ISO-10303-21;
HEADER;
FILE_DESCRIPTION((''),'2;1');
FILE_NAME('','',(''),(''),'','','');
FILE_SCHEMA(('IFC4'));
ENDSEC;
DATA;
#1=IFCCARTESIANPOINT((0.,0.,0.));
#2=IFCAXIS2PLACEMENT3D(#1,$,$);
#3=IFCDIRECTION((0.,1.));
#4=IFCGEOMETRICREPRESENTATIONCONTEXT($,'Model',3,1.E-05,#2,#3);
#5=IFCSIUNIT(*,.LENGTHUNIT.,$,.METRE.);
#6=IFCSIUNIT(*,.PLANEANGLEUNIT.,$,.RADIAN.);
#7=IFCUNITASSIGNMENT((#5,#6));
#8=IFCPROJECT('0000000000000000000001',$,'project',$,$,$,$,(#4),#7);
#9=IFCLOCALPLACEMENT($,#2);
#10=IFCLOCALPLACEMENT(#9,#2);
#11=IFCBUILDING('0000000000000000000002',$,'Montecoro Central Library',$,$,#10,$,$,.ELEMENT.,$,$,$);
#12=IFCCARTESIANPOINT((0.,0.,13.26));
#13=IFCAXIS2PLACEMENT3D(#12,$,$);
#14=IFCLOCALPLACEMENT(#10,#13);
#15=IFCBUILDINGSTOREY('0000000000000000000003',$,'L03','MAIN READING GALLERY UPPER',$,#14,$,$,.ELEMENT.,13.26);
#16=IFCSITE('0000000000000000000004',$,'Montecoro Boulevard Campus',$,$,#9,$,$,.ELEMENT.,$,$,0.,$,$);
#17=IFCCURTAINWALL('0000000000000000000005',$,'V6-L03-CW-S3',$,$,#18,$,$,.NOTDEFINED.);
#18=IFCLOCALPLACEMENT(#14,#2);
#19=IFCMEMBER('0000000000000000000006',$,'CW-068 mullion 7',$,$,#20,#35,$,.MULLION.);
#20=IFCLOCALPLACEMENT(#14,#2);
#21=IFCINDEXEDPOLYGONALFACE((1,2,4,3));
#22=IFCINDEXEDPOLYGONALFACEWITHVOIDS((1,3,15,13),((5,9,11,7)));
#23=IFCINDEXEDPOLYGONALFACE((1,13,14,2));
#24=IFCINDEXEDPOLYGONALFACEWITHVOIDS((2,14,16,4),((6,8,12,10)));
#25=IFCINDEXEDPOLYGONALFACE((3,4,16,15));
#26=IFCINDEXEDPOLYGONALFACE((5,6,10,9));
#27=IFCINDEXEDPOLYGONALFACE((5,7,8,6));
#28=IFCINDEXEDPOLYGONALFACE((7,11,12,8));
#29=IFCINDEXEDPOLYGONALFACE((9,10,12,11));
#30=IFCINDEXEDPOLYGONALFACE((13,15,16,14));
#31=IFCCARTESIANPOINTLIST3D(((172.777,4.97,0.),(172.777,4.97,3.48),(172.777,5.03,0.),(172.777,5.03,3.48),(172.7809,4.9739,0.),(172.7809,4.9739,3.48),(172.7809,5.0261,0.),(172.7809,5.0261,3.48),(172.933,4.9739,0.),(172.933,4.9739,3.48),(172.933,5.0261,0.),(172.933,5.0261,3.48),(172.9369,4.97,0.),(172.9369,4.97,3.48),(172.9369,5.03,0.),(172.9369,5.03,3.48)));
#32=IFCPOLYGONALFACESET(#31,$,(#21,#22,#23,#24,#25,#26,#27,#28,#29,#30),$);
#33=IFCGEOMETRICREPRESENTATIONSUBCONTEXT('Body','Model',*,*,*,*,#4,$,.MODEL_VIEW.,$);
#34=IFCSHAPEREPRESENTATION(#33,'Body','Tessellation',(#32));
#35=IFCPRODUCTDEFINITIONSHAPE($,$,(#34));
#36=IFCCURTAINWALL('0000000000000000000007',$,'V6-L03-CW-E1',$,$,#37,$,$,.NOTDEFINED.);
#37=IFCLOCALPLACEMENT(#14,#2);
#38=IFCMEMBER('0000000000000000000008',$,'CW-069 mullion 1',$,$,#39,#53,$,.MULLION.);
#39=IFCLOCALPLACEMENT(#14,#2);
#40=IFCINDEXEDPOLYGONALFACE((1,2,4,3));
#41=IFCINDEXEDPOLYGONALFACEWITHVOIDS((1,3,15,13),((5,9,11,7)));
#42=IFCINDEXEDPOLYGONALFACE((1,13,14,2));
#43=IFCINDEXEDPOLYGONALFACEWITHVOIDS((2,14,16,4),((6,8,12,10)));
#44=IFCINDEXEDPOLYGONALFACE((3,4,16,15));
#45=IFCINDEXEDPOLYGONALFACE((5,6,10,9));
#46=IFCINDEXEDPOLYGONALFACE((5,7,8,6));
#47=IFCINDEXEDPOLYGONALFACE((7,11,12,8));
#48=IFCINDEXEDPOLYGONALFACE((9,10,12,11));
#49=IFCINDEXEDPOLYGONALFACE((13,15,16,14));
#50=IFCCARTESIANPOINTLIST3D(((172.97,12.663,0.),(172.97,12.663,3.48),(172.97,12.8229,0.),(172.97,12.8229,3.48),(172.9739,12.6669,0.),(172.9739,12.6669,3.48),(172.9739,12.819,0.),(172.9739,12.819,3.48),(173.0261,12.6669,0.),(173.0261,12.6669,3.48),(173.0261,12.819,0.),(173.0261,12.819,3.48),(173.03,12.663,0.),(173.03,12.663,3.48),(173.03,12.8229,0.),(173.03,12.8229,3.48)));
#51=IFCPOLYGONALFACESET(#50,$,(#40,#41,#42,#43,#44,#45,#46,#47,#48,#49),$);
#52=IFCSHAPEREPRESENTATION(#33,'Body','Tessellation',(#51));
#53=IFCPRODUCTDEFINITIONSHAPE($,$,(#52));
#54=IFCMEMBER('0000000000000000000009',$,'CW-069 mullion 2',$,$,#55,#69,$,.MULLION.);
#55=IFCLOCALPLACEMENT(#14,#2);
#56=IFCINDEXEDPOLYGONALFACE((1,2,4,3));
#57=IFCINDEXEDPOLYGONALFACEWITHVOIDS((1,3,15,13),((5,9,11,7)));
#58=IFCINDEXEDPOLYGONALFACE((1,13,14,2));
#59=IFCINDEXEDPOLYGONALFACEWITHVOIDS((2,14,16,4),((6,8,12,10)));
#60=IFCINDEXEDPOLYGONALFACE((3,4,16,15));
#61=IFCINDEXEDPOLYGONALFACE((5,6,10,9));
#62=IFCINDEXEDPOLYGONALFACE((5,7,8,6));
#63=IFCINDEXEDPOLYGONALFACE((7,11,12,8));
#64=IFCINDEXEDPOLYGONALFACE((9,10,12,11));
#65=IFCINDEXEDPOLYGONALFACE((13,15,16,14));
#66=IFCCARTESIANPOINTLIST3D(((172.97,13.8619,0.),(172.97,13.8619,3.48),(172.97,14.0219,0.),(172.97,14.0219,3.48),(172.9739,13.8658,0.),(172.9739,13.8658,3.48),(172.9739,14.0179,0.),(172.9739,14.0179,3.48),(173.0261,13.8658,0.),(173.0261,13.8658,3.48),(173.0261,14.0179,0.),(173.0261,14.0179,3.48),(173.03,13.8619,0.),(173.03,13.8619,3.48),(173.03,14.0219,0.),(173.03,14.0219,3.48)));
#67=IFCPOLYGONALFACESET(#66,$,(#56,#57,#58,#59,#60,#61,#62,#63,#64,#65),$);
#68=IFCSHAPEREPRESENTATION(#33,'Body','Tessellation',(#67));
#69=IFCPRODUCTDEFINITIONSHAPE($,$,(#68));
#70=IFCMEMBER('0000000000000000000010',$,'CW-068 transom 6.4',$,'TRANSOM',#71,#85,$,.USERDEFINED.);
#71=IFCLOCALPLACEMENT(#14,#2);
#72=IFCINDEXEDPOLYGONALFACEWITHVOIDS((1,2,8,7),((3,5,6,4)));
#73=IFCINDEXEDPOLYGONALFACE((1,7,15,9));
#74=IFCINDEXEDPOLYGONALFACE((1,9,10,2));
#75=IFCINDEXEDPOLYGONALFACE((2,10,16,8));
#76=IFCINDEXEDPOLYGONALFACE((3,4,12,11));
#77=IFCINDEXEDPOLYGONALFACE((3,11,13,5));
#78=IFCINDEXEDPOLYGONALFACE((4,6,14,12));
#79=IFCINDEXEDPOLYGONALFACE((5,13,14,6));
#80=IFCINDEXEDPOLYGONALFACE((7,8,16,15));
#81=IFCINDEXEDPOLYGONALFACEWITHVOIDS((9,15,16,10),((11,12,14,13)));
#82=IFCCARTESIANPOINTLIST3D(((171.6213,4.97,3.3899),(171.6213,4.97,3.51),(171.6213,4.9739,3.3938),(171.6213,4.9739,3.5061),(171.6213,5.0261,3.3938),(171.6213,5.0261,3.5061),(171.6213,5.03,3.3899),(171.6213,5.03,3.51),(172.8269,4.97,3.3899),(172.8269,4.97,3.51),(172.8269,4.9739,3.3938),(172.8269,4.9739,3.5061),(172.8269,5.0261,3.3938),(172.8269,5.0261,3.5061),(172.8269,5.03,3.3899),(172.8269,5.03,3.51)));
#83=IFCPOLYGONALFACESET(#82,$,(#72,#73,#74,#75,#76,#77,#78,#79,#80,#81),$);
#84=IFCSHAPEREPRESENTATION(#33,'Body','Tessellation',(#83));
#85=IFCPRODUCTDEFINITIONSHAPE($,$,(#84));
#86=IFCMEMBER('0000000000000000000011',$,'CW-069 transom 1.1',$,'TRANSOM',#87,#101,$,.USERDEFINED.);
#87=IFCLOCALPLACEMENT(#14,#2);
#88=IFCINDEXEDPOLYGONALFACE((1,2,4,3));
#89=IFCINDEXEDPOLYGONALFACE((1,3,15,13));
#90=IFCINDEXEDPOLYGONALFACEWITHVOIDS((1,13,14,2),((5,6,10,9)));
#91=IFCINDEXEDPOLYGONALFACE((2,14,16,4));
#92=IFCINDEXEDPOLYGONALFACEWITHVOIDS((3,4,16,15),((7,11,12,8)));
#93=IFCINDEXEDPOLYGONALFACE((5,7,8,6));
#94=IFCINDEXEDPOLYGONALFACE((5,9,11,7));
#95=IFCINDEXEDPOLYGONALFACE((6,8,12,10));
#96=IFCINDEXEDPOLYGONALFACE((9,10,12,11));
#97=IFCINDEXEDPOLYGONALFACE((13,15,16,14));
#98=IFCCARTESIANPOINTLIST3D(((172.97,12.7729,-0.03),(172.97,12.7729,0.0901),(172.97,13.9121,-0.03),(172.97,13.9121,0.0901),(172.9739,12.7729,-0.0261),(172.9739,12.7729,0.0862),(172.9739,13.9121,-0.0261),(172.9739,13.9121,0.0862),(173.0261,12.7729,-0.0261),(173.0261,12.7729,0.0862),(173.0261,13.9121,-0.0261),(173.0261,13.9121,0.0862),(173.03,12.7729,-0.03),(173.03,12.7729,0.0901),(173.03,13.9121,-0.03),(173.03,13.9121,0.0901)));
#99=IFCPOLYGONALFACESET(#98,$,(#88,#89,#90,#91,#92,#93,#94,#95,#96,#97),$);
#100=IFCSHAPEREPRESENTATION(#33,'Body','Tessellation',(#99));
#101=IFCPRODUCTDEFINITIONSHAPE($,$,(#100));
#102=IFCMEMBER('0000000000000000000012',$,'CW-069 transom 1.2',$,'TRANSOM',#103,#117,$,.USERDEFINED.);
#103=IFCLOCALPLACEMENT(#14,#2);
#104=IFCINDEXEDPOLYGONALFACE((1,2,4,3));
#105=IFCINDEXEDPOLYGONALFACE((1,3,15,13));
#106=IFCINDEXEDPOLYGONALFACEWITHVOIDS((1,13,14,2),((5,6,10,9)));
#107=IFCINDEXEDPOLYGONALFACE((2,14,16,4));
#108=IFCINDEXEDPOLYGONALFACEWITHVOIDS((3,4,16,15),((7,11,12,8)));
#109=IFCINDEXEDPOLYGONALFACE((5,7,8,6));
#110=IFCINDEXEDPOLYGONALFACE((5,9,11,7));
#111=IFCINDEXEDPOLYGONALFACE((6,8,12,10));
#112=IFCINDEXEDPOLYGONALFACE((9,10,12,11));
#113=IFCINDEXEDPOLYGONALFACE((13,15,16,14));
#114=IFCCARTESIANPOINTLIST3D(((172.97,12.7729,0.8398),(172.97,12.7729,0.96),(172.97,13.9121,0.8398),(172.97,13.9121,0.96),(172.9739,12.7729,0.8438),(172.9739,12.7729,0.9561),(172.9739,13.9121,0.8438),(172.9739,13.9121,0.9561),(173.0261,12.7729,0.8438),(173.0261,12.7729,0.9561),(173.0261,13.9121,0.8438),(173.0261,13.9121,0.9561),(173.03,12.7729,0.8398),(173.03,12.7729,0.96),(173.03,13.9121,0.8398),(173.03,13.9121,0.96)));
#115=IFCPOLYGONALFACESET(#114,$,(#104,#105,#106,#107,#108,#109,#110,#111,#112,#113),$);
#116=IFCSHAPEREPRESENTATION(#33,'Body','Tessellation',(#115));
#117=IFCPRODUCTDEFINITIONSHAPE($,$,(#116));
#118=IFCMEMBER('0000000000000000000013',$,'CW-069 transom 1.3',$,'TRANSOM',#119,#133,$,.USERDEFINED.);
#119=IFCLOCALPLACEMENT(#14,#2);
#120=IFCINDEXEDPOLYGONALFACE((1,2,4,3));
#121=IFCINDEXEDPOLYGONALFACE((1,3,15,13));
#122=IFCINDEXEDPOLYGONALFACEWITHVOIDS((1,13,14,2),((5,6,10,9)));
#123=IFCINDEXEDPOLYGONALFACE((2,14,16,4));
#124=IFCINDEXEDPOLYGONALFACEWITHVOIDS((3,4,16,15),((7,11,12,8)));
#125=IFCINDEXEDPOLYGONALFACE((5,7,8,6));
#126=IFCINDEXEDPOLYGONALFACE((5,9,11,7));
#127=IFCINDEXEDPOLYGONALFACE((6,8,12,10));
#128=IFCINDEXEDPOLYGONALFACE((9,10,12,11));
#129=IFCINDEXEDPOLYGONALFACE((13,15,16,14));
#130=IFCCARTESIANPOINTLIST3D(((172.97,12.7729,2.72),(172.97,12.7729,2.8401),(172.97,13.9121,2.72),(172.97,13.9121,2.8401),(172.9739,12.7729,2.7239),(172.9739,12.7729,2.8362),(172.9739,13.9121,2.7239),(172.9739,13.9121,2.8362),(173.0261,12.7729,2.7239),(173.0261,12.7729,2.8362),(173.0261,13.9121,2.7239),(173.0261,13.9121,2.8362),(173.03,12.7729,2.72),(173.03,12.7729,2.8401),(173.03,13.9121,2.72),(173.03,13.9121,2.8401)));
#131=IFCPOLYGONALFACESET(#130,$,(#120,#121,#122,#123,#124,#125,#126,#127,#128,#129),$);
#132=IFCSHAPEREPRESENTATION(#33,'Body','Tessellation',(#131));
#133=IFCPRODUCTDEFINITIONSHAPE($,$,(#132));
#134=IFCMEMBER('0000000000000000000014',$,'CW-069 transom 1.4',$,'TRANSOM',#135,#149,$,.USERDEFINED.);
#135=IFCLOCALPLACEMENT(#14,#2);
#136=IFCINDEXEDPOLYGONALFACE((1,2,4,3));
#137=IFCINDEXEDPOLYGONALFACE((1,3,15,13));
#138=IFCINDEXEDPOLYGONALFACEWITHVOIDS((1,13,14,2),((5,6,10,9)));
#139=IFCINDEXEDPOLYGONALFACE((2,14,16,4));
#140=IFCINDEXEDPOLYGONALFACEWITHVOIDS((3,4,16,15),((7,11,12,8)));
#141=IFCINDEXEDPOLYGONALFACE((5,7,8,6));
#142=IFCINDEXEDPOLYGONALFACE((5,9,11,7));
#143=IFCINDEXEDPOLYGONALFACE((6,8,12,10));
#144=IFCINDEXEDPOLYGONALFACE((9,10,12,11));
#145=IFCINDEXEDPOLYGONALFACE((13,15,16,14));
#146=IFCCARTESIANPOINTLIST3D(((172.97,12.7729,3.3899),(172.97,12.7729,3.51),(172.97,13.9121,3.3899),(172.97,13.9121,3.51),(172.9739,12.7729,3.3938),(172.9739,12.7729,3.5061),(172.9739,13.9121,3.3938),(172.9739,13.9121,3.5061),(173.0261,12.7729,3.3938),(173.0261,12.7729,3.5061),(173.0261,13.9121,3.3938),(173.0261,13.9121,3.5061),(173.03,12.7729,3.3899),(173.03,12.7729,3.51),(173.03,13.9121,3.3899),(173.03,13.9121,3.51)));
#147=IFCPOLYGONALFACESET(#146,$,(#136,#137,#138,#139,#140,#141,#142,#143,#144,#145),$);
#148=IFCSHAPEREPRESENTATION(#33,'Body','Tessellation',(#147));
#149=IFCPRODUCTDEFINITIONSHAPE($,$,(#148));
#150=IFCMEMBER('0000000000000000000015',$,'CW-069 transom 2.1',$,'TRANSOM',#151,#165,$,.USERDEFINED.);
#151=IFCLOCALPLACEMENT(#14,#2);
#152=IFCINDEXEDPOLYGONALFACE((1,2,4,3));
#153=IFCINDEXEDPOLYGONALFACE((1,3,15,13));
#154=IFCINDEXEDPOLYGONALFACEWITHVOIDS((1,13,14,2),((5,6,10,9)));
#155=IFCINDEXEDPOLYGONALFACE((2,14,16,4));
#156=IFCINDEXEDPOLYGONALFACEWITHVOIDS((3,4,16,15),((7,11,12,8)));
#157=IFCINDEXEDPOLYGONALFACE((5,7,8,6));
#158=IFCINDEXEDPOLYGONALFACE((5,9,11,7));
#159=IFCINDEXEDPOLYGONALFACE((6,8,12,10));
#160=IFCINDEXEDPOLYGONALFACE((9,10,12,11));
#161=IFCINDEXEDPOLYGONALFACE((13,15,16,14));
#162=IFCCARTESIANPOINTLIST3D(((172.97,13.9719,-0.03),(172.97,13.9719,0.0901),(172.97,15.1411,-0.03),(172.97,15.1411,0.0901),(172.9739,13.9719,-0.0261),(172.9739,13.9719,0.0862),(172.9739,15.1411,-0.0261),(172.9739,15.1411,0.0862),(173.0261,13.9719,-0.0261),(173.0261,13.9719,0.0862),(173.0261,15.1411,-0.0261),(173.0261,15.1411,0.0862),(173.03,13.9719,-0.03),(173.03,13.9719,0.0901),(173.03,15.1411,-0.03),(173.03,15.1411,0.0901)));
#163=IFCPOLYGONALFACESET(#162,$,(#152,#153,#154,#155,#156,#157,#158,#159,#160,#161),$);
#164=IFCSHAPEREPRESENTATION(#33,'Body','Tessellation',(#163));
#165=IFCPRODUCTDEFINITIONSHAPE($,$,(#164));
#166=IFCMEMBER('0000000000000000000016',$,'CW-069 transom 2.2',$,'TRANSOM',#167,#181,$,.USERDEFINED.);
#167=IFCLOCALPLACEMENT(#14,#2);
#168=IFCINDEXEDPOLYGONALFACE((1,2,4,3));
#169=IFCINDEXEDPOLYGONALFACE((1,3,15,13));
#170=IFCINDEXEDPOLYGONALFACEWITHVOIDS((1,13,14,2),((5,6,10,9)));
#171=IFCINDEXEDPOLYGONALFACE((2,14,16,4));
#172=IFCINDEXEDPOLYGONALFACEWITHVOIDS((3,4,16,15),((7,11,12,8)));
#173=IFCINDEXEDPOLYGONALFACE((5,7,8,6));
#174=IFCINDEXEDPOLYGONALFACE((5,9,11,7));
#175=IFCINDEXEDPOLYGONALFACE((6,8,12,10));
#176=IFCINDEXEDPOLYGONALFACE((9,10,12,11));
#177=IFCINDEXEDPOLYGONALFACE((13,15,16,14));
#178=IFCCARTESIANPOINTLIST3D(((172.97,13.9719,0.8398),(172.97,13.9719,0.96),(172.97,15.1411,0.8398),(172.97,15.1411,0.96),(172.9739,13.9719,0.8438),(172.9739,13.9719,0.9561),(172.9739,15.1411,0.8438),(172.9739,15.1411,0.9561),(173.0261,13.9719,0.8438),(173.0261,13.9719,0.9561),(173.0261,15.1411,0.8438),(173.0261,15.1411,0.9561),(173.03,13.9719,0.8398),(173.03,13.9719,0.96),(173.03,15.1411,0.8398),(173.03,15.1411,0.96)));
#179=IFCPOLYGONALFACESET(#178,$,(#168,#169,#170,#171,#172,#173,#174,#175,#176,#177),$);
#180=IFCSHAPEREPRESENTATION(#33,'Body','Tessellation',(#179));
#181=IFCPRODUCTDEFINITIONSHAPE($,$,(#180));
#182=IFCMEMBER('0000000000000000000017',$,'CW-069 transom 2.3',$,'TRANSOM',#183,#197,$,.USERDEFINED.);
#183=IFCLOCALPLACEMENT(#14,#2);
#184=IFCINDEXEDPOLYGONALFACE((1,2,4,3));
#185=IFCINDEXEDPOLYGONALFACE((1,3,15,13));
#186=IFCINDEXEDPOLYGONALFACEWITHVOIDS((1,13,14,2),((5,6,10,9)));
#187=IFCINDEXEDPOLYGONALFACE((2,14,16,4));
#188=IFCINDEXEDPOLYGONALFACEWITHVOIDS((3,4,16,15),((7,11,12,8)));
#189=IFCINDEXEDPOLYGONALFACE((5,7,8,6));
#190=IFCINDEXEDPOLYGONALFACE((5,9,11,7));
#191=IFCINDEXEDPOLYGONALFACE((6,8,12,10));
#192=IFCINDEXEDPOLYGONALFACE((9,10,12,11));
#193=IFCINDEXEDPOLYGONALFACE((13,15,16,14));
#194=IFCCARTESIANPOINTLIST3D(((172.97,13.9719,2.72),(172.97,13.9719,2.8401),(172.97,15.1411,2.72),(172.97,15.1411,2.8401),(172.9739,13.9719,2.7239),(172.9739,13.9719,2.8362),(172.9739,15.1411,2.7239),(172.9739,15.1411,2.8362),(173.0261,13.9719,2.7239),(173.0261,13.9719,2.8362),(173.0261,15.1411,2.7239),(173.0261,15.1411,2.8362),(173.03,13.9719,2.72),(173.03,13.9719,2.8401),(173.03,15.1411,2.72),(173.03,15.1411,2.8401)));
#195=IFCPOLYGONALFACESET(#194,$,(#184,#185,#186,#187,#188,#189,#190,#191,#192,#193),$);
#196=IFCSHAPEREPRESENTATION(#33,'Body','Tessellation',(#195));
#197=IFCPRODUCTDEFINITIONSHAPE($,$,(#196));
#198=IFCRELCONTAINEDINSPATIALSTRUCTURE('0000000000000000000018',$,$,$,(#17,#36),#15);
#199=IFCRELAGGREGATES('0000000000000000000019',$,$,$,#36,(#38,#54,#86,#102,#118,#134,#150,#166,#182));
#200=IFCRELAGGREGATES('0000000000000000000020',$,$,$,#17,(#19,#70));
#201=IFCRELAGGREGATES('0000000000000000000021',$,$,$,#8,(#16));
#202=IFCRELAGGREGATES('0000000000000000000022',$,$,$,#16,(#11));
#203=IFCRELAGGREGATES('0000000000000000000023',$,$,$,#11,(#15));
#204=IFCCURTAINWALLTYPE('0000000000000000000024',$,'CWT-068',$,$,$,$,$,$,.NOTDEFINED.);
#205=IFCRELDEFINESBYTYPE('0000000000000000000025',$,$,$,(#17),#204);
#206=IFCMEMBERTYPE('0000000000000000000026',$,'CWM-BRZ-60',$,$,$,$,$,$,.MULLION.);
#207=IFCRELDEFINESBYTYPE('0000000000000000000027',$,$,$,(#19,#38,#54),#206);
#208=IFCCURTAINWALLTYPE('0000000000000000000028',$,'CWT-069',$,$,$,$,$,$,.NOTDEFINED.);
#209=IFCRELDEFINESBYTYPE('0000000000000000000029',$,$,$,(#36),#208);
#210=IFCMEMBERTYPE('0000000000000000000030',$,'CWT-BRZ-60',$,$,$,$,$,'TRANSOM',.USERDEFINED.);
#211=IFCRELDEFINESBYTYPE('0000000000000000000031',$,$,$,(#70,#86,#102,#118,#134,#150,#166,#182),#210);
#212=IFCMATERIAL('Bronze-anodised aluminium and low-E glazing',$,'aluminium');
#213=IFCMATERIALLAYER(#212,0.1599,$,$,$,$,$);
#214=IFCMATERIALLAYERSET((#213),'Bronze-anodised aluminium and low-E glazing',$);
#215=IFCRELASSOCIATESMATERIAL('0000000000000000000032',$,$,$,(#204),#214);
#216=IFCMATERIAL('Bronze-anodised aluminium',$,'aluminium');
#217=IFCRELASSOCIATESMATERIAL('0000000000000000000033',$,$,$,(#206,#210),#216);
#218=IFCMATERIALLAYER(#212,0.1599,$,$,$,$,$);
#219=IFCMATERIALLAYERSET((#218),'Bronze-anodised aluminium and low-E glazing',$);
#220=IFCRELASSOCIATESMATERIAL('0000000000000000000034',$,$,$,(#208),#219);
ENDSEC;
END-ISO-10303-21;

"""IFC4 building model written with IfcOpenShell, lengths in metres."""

from ifc_helpers import new_model, si_unit, direction, frame, origin, origin_2d, place, context, subcontext, project, spatial, hollow_rectangle, extrude, material, layer, layer_set, material_profile, profile_set, type_object, element, aggregate, save


model = new_model("IFC4")

# Units and contexts
model_context = context("Model", 3, precision=1e-05, world=origin(), true_north=direction((0.0, 1.0)))
body_context = subcontext(model_context, "Body", "Model", "MODEL_VIEW")
ifc_project = project(units=[si_unit("LENGTHUNIT", "METRE"), si_unit("PLANEANGLEUNIT", "RADIAN")], contexts=[model_context])

# Site, building, storey
site_placement = place(None, origin())
site = spatial("IfcSite", under=ifc_project, at=site_placement, Name="Montecoro Boulevard Campus", CompositionType="ELEMENT", RefElevation=0.0)
building_placement = place(site_placement, origin())
building = spatial("IfcBuilding", under=site, at=building_placement, Name="Montecoro Central Library", CompositionType="ELEMENT")
storey_placement = place(building_placement, frame((0.0, 0.0, 13.26)))
storey = spatial("IfcBuildingStorey", under=building, at=storey_placement, Name="L03", Description="MAIN READING GALLERY UPPER", CompositionType="ELEMENT", Elevation=13.26)

# Curtain wall, member
ifc_material_1 = material(Name="Bronze-anodised aluminium and low-E glazing", Category="aluminium")
ifc_layer_1 = layer(ifc_material_1, 0.1599)
ifc_layer_set_1 = layer_set([ifc_layer_1], Name="Bronze-anodised aluminium and low-E glazing")
curtain_wall_type_1 = type_object("IfcCurtainWallType", Name="CWT-068", PredefinedType="NOTDEFINED", material=ifc_layer_set_1)
curtain_wall_1_placement = place(storey_placement, origin())
curtain_wall_1 = element("IfcCurtainWall", 1, at=curtain_wall_1_placement, inside=storey, type_object=curtain_wall_type_1, Name="V6-L03-CW-S3", PredefinedType="NOTDEFINED")
ifc_material_2 = material(Name="Bronze-anodised aluminium", Category="aluminium")
ifc_material_profile_1 = material_profile(ifc_material_2, hollow_rectangle(XDim=0.0601, YDim=0.1599, WallThickness=0.0039, at=origin_2d()), Name="CWM 160x60x4.0")
ifc_profile_set_1 = profile_set([ifc_material_profile_1], Name="Bronze-anodised aluminium")
member_type_1 = type_object("IfcMemberType", Name="CWM-BRZ-60", PredefinedType="MULLION", material=ifc_profile_set_1)
member_1_placement = place(storey_placement, frame((172.8569, 5.0, 0.0), z_axis=(0.0, 0.0, 1.0), x_axis=(0.0, 1.0, 0.0)))
member_1 = element("IfcMember", 2, at=member_1_placement, type_object=member_type_1, Name="CW-068 mullion 7", PredefinedType="MULLION", context=body_context, shape_type="SweptSolid", body=[
    extrude(hollow_rectangle(XDim=0.0601, YDim=0.1599, WallThickness=0.0039, at=origin_2d()), origin(), (0.0, 0.0, 1.0), 3.48),
])

# Curtain wall, members
ifc_layer_2 = layer(ifc_material_1, 0.1599)
ifc_layer_set_2 = layer_set([ifc_layer_2], Name="Bronze-anodised aluminium and low-E glazing")
curtain_wall_type_2 = type_object("IfcCurtainWallType", Name="CWT-069", PredefinedType="NOTDEFINED", material=ifc_layer_set_2)
curtain_wall_2_placement = place(storey_placement, origin())
curtain_wall_2 = element("IfcCurtainWall", 3, at=curtain_wall_2_placement, inside=storey, type_object=curtain_wall_type_2, Name="V6-L03-CW-E1", PredefinedType="NOTDEFINED")
member_2_placement = place(storey_placement, frame((173.0, 12.7429, 0.0), z_axis=(0.0, 0.0, 1.0), x_axis=(-1.0, 0.0, 0.0)))
member_2 = element("IfcMember", 4, at=member_2_placement, type_object=member_type_1, Name="CW-069 mullion 1", PredefinedType="MULLION", context=body_context, shape_type="SweptSolid", body=[
    extrude(hollow_rectangle(XDim=0.0601, YDim=0.1599, WallThickness=0.0039, at=origin_2d()), origin(), (0.0, 0.0, 1.0), 3.48),
])
member_3_placement = place(storey_placement, frame((173.0, 13.9419, 0.0), z_axis=(0.0, 0.0, 1.0), x_axis=(-1.0, 0.0, 0.0)))
member_3 = element("IfcMember", 5, at=member_3_placement, type_object=member_type_1, Name="CW-069 mullion 2", PredefinedType="MULLION", context=body_context, shape_type="SweptSolid", body=[
    extrude(hollow_rectangle(XDim=0.0601, YDim=0.1599, WallThickness=0.0039, at=origin_2d()), origin(), (0.0, 0.0, 1.0), 3.48),
])

# Members
ifc_material_profile_2 = material_profile(ifc_material_2, hollow_rectangle(XDim=0.0601, YDim=0.1201, WallThickness=0.0039, at=origin_2d()), Name="CWT 120x60x4.0")
ifc_profile_set_2 = profile_set([ifc_material_profile_2], Name="Bronze-anodised aluminium")
member_type_2 = type_object("IfcMemberType", Name="CWT-BRZ-60", ElementType="TRANSOM", PredefinedType="USERDEFINED", material=ifc_profile_set_2)
member_4_placement = place(storey_placement, frame((171.6213, 5.0, 3.45), z_axis=(1.0, 0.0, 0.0), x_axis=(0.0, 1.0, 0.0)))
member_4 = element("IfcMember", 6, at=member_4_placement, type_object=member_type_2, Name="CW-068 transom 6.4", ObjectType="TRANSOM", PredefinedType="USERDEFINED", context=body_context, shape_type="SweptSolid", body=[
    extrude(hollow_rectangle(XDim=0.0601, YDim=0.1201, WallThickness=0.0039, at=origin_2d()), origin(), (0.0, 0.0, 1.0), 1.2056),
])
member_5_placement = place(storey_placement, frame((173.0, 12.7729, 0.03), z_axis=(0.0, 1.0, 0.0), x_axis=(-1.0, 0.0, 0.0)))
member_5 = element("IfcMember", 7, at=member_5_placement, type_object=member_type_2, Name="CW-069 transom 1.1", ObjectType="TRANSOM", PredefinedType="USERDEFINED", context=body_context, shape_type="SweptSolid", body=[
    extrude(hollow_rectangle(XDim=0.0601, YDim=0.1201, WallThickness=0.0039, at=origin_2d()), origin(), (0.0, 0.0, 1.0), 1.1392),
])
member_6_placement = place(storey_placement, frame((173.0, 12.7729, 0.8999), z_axis=(0.0, 1.0, 0.0), x_axis=(-1.0, 0.0, 0.0)))
member_6 = element("IfcMember", 8, at=member_6_placement, type_object=member_type_2, Name="CW-069 transom 1.2", ObjectType="TRANSOM", PredefinedType="USERDEFINED", context=body_context, shape_type="SweptSolid", body=[
    extrude(hollow_rectangle(XDim=0.0601, YDim=0.1201, WallThickness=0.0039, at=origin_2d()), origin(), (0.0, 0.0, 1.0), 1.1392),
])
member_7_placement = place(storey_placement, frame((173.0, 12.7729, 2.78), z_axis=(0.0, 1.0, 0.0), x_axis=(-1.0, 0.0, 0.0)))
member_7 = element("IfcMember", 9, at=member_7_placement, type_object=member_type_2, Name="CW-069 transom 1.3", ObjectType="TRANSOM", PredefinedType="USERDEFINED", context=body_context, shape_type="SweptSolid", body=[
    extrude(hollow_rectangle(XDim=0.0601, YDim=0.1201, WallThickness=0.0039, at=origin_2d()), origin(), (0.0, 0.0, 1.0), 1.1392),
])
member_8_placement = place(storey_placement, frame((173.0, 12.7729, 3.45), z_axis=(0.0, 1.0, 0.0), x_axis=(-1.0, 0.0, 0.0)))
member_8 = element("IfcMember", 10, at=member_8_placement, type_object=member_type_2, Name="CW-069 transom 1.4", ObjectType="TRANSOM", PredefinedType="USERDEFINED", context=body_context, shape_type="SweptSolid", body=[
    extrude(hollow_rectangle(XDim=0.0601, YDim=0.1201, WallThickness=0.0039, at=origin_2d()), origin(), (0.0, 0.0, 1.0), 1.1392),
])
member_9_placement = place(storey_placement, frame((173.0, 13.9719, 0.03), z_axis=(0.0, 1.0, 0.0), x_axis=(-1.0, 0.0, 0.0)))
member_9 = element("IfcMember", 11, at=member_9_placement, type_object=member_type_2, Name="CW-069 transom 2.1", ObjectType="TRANSOM", PredefinedType="USERDEFINED", context=body_context, shape_type="SweptSolid", body=[
    extrude(hollow_rectangle(XDim=0.0601, YDim=0.1201, WallThickness=0.0039, at=origin_2d()), origin(), (0.0, 0.0, 1.0), 1.1692),
])
member_10_placement = place(storey_placement, frame((173.0, 13.9719, 0.8999), z_axis=(0.0, 1.0, 0.0), x_axis=(-1.0, 0.0, 0.0)))
member_10 = element("IfcMember", 12, at=member_10_placement, type_object=member_type_2, Name="CW-069 transom 2.2", ObjectType="TRANSOM", PredefinedType="USERDEFINED", context=body_context, shape_type="SweptSolid", body=[
    extrude(hollow_rectangle(XDim=0.0601, YDim=0.1201, WallThickness=0.0039, at=origin_2d()), origin(), (0.0, 0.0, 1.0), 1.1692),
])
member_11_placement = place(storey_placement, frame((173.0, 13.9719, 2.78), z_axis=(0.0, 1.0, 0.0), x_axis=(-1.0, 0.0, 0.0)))
member_11 = element("IfcMember", 13, at=member_11_placement, type_object=member_type_2, Name="CW-069 transom 2.3", ObjectType="TRANSOM", PredefinedType="USERDEFINED", context=body_context, shape_type="SweptSolid", body=[
    extrude(hollow_rectangle(XDim=0.0601, YDim=0.1201, WallThickness=0.0039, at=origin_2d()), origin(), (0.0, 0.0, 1.0), 1.1692),
])

aggregate(curtain_wall_2, [member_2, member_3, member_5, member_6, member_7, member_8, member_9, member_10, member_11])
aggregate(curtain_wall_1, [member_1, member_4])

save(model, "model.ifc")
